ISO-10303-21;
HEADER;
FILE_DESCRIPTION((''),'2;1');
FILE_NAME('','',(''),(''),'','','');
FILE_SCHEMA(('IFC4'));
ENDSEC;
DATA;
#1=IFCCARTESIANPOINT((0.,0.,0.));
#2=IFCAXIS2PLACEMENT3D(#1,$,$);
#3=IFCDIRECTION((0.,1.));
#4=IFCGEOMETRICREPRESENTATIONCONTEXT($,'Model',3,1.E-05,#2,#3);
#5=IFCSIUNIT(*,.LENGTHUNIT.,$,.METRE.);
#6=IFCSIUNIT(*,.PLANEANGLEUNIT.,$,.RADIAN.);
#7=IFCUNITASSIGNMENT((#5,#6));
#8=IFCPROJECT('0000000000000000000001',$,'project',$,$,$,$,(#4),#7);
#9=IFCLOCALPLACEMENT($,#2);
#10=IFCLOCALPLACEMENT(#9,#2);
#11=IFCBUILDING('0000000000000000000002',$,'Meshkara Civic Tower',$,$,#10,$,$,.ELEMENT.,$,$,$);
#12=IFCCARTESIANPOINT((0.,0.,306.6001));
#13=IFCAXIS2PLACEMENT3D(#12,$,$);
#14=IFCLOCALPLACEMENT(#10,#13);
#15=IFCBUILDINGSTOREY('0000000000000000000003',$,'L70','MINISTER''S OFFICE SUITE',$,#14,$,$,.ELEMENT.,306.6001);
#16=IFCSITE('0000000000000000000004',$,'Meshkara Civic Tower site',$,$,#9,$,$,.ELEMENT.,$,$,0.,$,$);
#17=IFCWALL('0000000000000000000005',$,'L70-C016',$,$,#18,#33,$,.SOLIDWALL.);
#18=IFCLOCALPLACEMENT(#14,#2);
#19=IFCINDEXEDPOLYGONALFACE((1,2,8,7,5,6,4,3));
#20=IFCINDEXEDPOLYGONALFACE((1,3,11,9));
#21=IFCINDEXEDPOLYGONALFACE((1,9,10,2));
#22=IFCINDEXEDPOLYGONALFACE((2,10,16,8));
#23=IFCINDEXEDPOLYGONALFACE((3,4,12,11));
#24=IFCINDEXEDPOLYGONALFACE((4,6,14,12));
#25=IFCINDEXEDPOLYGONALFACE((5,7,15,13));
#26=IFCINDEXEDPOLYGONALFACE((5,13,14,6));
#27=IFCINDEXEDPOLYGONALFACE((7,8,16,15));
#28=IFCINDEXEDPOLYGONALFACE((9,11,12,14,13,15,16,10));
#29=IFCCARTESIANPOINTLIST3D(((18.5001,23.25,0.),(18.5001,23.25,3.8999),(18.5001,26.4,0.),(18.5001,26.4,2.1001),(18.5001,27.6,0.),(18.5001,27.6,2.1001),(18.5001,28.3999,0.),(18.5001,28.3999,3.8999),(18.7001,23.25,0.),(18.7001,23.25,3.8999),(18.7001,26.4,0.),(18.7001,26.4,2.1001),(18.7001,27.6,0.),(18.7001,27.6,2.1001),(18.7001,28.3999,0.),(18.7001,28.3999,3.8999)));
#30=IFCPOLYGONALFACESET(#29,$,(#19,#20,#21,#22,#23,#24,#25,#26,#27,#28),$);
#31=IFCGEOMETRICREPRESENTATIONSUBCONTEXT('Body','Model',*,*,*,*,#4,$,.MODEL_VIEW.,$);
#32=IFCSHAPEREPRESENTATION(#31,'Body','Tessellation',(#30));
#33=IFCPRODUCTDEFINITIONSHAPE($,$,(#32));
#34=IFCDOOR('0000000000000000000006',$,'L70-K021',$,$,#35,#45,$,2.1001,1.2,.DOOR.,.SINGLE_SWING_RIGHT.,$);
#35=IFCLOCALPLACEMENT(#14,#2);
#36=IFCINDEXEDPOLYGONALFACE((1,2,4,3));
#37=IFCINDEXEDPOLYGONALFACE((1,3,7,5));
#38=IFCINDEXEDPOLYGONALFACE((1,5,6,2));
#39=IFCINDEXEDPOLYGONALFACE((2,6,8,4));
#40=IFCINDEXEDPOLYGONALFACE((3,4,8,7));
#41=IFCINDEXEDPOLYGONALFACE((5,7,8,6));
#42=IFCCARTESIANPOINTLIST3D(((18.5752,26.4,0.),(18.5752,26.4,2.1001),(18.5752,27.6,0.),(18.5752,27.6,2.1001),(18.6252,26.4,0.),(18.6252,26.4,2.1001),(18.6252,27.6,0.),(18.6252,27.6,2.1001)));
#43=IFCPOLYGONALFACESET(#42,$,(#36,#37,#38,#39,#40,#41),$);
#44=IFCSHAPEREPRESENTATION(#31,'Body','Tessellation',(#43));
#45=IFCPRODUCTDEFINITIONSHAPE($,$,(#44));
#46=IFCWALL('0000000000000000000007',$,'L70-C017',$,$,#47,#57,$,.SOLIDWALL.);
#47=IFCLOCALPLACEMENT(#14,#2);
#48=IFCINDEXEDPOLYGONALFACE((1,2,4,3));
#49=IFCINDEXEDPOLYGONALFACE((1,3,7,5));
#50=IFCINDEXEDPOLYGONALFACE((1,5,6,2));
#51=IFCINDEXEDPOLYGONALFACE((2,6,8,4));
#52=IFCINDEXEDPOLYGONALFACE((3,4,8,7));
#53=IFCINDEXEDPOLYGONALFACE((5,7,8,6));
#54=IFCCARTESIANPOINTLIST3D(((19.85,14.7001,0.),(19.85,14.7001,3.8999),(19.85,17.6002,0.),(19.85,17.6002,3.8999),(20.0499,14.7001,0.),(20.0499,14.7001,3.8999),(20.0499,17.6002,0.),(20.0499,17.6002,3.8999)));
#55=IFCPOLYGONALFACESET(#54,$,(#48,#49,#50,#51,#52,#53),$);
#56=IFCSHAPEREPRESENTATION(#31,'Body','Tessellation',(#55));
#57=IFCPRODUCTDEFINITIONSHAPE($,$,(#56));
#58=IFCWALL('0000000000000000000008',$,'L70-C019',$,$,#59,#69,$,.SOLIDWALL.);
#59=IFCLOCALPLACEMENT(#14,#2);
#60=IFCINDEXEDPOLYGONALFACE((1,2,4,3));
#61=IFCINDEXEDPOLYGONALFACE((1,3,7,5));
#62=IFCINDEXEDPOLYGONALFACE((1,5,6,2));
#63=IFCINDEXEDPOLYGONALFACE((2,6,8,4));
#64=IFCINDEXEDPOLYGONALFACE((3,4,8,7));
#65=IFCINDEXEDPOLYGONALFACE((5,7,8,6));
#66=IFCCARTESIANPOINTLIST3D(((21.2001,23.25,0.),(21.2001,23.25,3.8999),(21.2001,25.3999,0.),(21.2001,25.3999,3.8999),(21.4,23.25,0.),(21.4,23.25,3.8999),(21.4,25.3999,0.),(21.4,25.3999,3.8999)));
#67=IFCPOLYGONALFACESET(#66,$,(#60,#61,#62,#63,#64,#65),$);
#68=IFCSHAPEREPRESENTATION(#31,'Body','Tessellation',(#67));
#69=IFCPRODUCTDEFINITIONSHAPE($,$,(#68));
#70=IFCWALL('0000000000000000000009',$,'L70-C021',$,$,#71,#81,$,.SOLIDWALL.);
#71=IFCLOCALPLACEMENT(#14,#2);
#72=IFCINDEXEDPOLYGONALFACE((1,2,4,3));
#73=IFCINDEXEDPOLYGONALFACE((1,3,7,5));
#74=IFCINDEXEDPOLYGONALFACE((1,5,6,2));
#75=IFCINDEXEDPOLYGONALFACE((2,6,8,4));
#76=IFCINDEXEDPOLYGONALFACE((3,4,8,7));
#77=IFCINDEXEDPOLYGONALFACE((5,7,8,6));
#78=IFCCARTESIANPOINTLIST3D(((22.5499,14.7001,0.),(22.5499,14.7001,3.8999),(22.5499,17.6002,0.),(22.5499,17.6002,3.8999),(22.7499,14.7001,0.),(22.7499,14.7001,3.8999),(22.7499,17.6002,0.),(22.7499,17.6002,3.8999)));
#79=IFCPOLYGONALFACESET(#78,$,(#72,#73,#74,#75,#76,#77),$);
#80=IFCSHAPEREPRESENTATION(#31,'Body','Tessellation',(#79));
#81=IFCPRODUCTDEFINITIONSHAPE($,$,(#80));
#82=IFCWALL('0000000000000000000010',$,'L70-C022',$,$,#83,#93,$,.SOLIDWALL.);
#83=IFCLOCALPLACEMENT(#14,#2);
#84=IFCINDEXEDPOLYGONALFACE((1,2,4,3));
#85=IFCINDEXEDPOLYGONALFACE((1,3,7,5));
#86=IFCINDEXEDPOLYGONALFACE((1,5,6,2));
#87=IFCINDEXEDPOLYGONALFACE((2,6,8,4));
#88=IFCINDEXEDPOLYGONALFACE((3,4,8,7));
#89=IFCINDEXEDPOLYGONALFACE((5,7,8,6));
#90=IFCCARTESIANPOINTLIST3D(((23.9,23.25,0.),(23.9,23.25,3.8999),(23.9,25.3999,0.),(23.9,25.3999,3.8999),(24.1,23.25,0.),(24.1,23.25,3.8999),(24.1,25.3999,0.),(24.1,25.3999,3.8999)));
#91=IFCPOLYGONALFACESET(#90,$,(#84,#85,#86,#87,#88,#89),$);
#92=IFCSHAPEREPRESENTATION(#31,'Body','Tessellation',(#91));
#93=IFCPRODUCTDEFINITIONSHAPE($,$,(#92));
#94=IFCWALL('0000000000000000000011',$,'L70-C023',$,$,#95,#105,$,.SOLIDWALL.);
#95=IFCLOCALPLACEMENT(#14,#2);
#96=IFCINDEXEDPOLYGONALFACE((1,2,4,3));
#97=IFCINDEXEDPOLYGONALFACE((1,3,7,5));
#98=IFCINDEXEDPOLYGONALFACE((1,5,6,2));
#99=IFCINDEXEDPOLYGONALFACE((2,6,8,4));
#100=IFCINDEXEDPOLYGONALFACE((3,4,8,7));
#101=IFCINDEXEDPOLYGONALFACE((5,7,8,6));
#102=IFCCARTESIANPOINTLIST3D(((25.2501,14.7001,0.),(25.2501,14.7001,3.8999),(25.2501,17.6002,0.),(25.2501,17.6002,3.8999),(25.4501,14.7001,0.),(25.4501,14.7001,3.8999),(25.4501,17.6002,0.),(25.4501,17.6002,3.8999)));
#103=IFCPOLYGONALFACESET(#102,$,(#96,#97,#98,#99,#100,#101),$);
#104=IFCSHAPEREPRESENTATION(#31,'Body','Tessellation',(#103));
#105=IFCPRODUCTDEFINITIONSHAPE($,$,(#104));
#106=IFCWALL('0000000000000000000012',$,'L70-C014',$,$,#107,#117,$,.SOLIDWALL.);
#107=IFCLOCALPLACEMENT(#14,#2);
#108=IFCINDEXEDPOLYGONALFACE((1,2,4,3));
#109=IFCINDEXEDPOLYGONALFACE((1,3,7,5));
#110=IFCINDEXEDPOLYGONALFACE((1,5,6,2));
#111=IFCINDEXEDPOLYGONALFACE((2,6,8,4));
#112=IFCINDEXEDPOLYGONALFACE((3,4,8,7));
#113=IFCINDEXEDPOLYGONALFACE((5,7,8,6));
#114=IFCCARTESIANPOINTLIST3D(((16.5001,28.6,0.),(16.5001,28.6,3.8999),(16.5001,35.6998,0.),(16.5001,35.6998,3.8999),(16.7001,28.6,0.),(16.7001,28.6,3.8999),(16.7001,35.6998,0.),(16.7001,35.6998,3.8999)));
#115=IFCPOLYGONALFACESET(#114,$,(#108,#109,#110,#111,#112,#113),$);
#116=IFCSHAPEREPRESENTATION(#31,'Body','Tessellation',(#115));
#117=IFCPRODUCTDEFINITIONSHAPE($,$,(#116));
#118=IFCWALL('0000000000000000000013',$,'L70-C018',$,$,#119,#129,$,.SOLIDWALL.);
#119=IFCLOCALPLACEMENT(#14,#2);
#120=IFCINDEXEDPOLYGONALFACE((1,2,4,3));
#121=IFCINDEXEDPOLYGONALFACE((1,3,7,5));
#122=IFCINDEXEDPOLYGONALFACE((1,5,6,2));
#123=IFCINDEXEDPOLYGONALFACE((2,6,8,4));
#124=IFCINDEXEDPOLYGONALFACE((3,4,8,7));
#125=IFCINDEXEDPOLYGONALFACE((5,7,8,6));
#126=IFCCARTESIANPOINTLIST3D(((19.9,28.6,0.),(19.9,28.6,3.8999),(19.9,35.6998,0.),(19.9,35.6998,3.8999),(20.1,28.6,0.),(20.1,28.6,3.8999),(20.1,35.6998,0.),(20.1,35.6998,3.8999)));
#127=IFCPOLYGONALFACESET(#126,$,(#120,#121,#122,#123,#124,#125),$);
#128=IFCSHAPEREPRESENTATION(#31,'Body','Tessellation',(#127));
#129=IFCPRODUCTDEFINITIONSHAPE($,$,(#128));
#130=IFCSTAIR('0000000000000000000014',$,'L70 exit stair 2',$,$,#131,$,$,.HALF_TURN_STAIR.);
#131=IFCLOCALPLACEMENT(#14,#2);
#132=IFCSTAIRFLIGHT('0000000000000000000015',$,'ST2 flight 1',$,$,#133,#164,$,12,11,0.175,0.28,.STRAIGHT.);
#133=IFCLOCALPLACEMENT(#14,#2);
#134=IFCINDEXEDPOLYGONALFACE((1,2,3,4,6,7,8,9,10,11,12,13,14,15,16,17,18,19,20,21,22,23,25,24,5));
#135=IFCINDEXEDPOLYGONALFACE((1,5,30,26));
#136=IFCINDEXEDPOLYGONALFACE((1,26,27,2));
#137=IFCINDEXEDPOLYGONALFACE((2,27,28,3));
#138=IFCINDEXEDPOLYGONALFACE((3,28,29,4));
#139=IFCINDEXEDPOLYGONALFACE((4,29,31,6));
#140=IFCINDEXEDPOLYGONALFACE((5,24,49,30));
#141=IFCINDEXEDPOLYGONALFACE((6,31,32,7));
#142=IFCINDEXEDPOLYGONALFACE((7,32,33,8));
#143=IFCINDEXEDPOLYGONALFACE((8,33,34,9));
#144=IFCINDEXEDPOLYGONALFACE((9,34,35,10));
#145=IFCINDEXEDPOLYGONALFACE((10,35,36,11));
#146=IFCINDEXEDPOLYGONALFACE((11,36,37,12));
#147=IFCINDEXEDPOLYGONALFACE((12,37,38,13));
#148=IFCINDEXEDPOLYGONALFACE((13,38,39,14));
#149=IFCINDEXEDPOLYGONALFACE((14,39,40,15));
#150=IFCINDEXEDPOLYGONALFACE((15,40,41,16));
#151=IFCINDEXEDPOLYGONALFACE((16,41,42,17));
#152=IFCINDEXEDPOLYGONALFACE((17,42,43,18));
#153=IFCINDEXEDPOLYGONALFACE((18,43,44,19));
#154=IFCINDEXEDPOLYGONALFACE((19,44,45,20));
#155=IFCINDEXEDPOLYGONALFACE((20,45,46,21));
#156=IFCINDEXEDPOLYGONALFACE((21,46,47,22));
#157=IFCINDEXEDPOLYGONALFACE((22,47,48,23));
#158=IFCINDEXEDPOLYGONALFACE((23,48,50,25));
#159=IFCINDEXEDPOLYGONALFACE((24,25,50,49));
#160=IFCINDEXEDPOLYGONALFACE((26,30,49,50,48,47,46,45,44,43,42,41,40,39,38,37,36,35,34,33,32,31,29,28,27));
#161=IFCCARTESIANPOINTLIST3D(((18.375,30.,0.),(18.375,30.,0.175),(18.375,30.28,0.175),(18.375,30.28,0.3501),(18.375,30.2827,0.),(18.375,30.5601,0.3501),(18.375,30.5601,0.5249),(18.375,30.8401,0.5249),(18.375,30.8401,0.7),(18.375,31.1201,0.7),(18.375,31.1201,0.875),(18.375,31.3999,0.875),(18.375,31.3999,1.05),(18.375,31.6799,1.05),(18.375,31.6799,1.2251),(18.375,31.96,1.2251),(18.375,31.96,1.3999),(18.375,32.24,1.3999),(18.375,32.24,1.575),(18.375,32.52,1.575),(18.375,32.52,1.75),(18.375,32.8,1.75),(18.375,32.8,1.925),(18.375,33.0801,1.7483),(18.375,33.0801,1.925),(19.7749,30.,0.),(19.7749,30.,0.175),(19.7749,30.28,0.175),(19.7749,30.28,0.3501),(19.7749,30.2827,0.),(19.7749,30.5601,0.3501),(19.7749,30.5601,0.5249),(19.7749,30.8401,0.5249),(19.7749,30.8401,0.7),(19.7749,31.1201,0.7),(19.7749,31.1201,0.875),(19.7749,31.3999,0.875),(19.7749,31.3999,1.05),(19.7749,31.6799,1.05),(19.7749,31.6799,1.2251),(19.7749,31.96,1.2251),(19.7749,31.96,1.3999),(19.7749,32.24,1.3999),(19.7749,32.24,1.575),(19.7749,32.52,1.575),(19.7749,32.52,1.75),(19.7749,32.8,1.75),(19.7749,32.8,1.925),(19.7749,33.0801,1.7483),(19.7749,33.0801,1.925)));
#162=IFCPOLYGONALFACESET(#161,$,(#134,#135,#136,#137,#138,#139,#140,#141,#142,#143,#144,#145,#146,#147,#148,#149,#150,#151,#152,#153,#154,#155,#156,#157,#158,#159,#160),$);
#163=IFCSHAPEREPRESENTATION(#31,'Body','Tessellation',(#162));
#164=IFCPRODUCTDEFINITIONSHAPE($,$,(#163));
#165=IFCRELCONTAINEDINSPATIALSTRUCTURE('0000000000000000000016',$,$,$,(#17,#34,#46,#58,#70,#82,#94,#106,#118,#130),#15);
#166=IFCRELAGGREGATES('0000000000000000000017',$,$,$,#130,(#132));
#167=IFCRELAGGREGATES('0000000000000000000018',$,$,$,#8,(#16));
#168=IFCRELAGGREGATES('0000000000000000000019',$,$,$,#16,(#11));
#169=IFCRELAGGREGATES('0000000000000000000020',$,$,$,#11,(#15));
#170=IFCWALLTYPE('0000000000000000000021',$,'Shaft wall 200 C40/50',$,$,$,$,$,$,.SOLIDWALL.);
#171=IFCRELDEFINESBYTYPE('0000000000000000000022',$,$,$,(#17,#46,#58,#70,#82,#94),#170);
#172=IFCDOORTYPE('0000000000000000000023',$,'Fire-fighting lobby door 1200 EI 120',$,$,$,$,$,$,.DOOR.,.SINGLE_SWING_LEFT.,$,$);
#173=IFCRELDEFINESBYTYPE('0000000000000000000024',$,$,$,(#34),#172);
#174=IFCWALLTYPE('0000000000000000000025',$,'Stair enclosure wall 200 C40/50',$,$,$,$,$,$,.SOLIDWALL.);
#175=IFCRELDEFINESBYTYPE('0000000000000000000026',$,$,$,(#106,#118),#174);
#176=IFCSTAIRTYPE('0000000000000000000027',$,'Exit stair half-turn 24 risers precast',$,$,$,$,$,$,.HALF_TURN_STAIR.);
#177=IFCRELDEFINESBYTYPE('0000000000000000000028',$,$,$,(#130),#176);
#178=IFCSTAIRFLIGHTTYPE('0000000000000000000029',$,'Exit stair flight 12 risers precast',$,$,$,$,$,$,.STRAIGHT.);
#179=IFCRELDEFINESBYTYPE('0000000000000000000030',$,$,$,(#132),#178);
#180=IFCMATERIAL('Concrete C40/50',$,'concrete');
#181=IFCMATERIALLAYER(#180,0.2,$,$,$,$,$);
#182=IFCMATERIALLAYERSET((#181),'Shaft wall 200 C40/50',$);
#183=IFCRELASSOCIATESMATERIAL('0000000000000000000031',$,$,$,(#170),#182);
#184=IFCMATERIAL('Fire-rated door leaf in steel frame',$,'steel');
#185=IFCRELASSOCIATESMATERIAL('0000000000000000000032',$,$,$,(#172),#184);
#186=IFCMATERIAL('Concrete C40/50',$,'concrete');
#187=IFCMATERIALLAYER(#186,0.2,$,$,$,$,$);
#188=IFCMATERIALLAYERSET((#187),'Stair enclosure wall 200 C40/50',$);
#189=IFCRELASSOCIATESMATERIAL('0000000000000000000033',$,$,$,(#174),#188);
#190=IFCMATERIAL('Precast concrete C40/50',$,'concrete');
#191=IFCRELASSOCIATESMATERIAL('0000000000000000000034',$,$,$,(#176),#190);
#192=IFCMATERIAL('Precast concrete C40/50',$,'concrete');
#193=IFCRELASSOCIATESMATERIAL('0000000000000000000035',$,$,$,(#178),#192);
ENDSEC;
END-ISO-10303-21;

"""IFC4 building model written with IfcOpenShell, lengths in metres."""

from ifc_helpers import new_model, si_unit, direction, frame, frame_2d, origin, place, context, subcontext, project, spatial, polyline, rectangle, outline, extrude, material, layer, layer_set, type_object, element, fill, aggregate, save


model = new_model("IFC4")

# Units and contexts
model_context = context("Model", 3, precision=1e-05, world=origin(), true_north=direction((0.0, 1.0)))
body_context = subcontext(model_context, "Body", "Model", "MODEL_VIEW")
ifc_project = project(units=[si_unit("LENGTHUNIT", "METRE"), si_unit("PLANEANGLEUNIT", "RADIAN")], contexts=[model_context])

# Site, building, storey
site_placement = place(None, origin())
site = spatial("IfcSite", under=ifc_project, at=site_placement, Name="Meshkara Civic Tower site", CompositionType="ELEMENT", RefElevation=0.0)
building_placement = place(site_placement, origin())
building = spatial("IfcBuilding", under=site, at=building_placement, Name="Meshkara Civic Tower", CompositionType="ELEMENT")
storey_placement = place(building_placement, frame((0.0, 0.0, 306.6001)))
storey = spatial("IfcBuildingStorey", under=building, at=storey_placement, Name="L70", Description="MINISTER'S OFFICE SUITE", CompositionType="ELEMENT", Elevation=306.6001)

# Shared definitions
ifc_material_1 = material(Name="Concrete C40/50", Category="concrete")
ifc_layer_1 = layer(ifc_material_1, 0.2)
ifc_layer_set_1 = layer_set([ifc_layer_1], Name="Shaft wall 200 C40/50")
wall_type_1 = type_object("IfcWallType", Name="Shaft wall 200 C40/50", PredefinedType="SOLIDWALL", material=ifc_layer_set_1)

# Wall, opening, door
wall_1_placement = place(storey_placement, frame((18.6001, 23.25, 0.0), z_axis=(0.0, 0.0, 1.0), x_axis=(0.0, 1.0, 0.0)))
wall_1 = element("IfcWall", 1, at=wall_1_placement, inside=storey, type_object=wall_type_1, Name="L70-C016", PredefinedType="SOLIDWALL", context=body_context, shape_type="SweptSolid", body=[
    extrude(rectangle(XDim=5.1499, YDim=0.2, at=frame_2d((2.575, 0.0))), origin(), (0.0, 0.0, 1.0), 3.8999),
])
opening_1_placement = place(wall_1_placement, frame((3.1499, 0.0, 0.0)))
opening_1 = element("IfcOpeningElement", 2, at=opening_1_placement, cuts=wall_1, PredefinedType="OPENING", context=body_context, shape_type="SweptSolid", body=[
    extrude(rectangle(XDim=1.2, YDim=2.1001, at=frame_2d((0.6001, 1.05))), frame((0.0, 0.1099, 0.0), z_axis=(0.0, -1.0, 0.0), x_axis=(1.0, 0.0, 0.0)), (0.0, 0.0, 1.0), 0.22),
])
ifc_material_2 = material(Name="Fire-rated door leaf in steel frame", Category="steel")
door_type_1 = type_object("IfcDoorType", Name="Fire-fighting lobby door 1200 EI 120", OperationType="SINGLE_SWING_LEFT", PredefinedType="DOOR", material=ifc_material_2)
door_1_placement = place(opening_1_placement, origin())
door_1 = element("IfcDoor", 3, at=door_1_placement, inside=storey, type_object=door_type_1, Name="L70-K021", OperationType="SINGLE_SWING_RIGHT", OverallHeight=2.1001, OverallWidth=1.2, PredefinedType="DOOR", context=body_context, shape_type="SweptSolid", body=[
    extrude(rectangle(XDim=1.2, YDim=2.1001, at=frame_2d((0.6001, 1.05))), frame((0.0, 0.0249, 0.0), z_axis=(0.0, -1.0, 0.0), x_axis=(1.0, 0.0, 0.0)), (0.0, 0.0, 1.0), 0.05),
])
fill(opening_1, door_1)

# Walls
wall_2_placement = place(storey_placement, frame((19.95, 14.7, 0.0), z_axis=(0.0, 0.0, 1.0), x_axis=(0.0, 1.0, 0.0)))
element("IfcWall", 4, at=wall_2_placement, inside=storey, type_object=wall_type_1, Name="L70-C017", PredefinedType="SOLIDWALL", context=body_context, shape_type="SweptSolid", body=[
    extrude(rectangle(XDim=2.9001, YDim=0.2, at=frame_2d((1.4502, 0.0))), origin(), (0.0, 0.0, 1.0), 3.8999),
])
wall_3_placement = place(storey_placement, frame((21.3, 23.25, 0.0), z_axis=(0.0, 0.0, 1.0), x_axis=(0.0, 1.0, 0.0)))
element("IfcWall", 5, at=wall_3_placement, inside=storey, type_object=wall_type_1, Name="L70-C019", PredefinedType="SOLIDWALL", context=body_context, shape_type="SweptSolid", body=[
    extrude(rectangle(XDim=2.1499, YDim=0.2, at=frame_2d((1.075, 0.0))), origin(), (0.0, 0.0, 1.0), 3.8999),
])
wall_4_placement = place(storey_placement, frame((22.6499, 14.7, 0.0), z_axis=(0.0, 0.0, 1.0), x_axis=(0.0, 1.0, 0.0)))
element("IfcWall", 6, at=wall_4_placement, inside=storey, type_object=wall_type_1, Name="L70-C021", PredefinedType="SOLIDWALL", context=body_context, shape_type="SweptSolid", body=[
    extrude(rectangle(XDim=2.9001, YDim=0.2, at=frame_2d((1.4502, 0.0))), origin(), (0.0, 0.0, 1.0), 3.8999),
])
wall_5_placement = place(storey_placement, frame((24.0, 23.25, 0.0), z_axis=(0.0, 0.0, 1.0), x_axis=(0.0, 1.0, 0.0)))
element("IfcWall", 7, at=wall_5_placement, inside=storey, type_object=wall_type_1, Name="L70-C022", PredefinedType="SOLIDWALL", context=body_context, shape_type="SweptSolid", body=[
    extrude(rectangle(XDim=2.1499, YDim=0.2, at=frame_2d((1.075, 0.0))), origin(), (0.0, 0.0, 1.0), 3.8999),
])
wall_6_placement = place(storey_placement, frame((25.3501, 14.7, 0.0), z_axis=(0.0, 0.0, 1.0), x_axis=(0.0, 1.0, 0.0)))
element("IfcWall", 8, at=wall_6_placement, inside=storey, type_object=wall_type_1, Name="L70-C023", PredefinedType="SOLIDWALL", context=body_context, shape_type="SweptSolid", body=[
    extrude(rectangle(XDim=2.9001, YDim=0.2, at=frame_2d((1.4502, 0.0))), origin(), (0.0, 0.0, 1.0), 3.8999),
])
ifc_material_3 = material(Name="Concrete C40/50", Category="concrete")
ifc_layer_2 = layer(ifc_material_3, 0.2)
ifc_layer_set_2 = layer_set([ifc_layer_2], Name="Stair enclosure wall 200 C40/50")
wall_type_2 = type_object("IfcWallType", Name="Stair enclosure wall 200 C40/50", PredefinedType="SOLIDWALL", material=ifc_layer_set_2)
for number, where, z_axis, x_axis, name in (
    (9, (16.6001, 28.6001, 0.0), (0.0, 0.0, 1.0), (0.0, 1.0, 0.0), "L70-C014"),
    (10, (20.0, 28.6001, 0.0), (0.0, 0.0, 1.0), (0.0, 1.0, 0.0), "L70-C018"),
):
    element("IfcWall", number, at=place(storey_placement, frame(where, z_axis=z_axis, x_axis=x_axis)), inside=storey, type_object=wall_type_2, Name=name, PredefinedType="SOLIDWALL", context=body_context, shape_type="SweptSolid", body=[
        extrude(rectangle(XDim=7.0999, YDim=0.2, at=frame_2d((3.5498, 0.0))), origin(), (0.0, 0.0, 1.0), 3.8999),
    ])

# Stair, stair flight
ifc_material_4 = material(Name="Precast concrete C40/50", Category="concrete")
stair_type = type_object("IfcStairType", Name="Exit stair half-turn 24 risers precast", PredefinedType="HALF_TURN_STAIR", material=ifc_material_4)
stair_placement = place(storey_placement, origin())
stair = element("IfcStair", 11, at=stair_placement, inside=storey, type_object=stair_type, Name="L70 exit stair 2", PredefinedType="HALF_TURN_STAIR")
ifc_material_5 = material(Name="Precast concrete C40/50", Category="concrete")
stair_flight_type = type_object("IfcStairFlightType", Name="Exit stair flight 12 risers precast", PredefinedType="STRAIGHT", material=ifc_material_5)
stair_flight_1_placement = place(storey_placement, frame((19.075, 30.0, 0.0), z_axis=(0.0, 0.0, 1.0), x_axis=(0.0, 1.0, 0.0)))
stair_flight_1 = element("IfcStairFlight", 12, at=stair_flight_1_placement, type_object=stair_flight_type, Name="ST2 flight 1", NumberOfRisers=12, NumberOfTreads=11, PredefinedType="STRAIGHT", RiserHeight=0.175, TreadLength=0.28, context=body_context, shape_type="SweptSolid", body=[
    extrude(outline(polyline([(0.0, 0.0), (0.0, 0.175), (0.28, 0.175), (0.28, 0.3501), (0.5601, 0.3501), (0.5601, 0.5249), (0.8401, 0.5249), (0.8401, 0.7), (1.1201, 0.7), (1.1201, 0.875), (1.3999, 0.875), (1.3999, 1.05), (1.6799, 1.05), (1.6799, 1.2251), (1.96, 1.2251), (1.96, 1.3999), (2.24, 1.3999), (2.24, 1.575), (2.52, 1.575), (2.52, 1.75), (2.8, 1.75), (2.8, 1.925), (3.0801, 1.925), (3.0801, 2.1001), (3.0801, 1.7483), (0.2827, 0.0), (0.0, 0.0)])), frame((0.0, 0.7, 0.0), z_axis=(0.0, -1.0, 0.0), x_axis=(1.0, 0.0, 0.0)), (0.0, 0.0, 1.0), 1.3999),
])
aggregate(stair, [stair_flight_1])

save(model, "model.ifc")
